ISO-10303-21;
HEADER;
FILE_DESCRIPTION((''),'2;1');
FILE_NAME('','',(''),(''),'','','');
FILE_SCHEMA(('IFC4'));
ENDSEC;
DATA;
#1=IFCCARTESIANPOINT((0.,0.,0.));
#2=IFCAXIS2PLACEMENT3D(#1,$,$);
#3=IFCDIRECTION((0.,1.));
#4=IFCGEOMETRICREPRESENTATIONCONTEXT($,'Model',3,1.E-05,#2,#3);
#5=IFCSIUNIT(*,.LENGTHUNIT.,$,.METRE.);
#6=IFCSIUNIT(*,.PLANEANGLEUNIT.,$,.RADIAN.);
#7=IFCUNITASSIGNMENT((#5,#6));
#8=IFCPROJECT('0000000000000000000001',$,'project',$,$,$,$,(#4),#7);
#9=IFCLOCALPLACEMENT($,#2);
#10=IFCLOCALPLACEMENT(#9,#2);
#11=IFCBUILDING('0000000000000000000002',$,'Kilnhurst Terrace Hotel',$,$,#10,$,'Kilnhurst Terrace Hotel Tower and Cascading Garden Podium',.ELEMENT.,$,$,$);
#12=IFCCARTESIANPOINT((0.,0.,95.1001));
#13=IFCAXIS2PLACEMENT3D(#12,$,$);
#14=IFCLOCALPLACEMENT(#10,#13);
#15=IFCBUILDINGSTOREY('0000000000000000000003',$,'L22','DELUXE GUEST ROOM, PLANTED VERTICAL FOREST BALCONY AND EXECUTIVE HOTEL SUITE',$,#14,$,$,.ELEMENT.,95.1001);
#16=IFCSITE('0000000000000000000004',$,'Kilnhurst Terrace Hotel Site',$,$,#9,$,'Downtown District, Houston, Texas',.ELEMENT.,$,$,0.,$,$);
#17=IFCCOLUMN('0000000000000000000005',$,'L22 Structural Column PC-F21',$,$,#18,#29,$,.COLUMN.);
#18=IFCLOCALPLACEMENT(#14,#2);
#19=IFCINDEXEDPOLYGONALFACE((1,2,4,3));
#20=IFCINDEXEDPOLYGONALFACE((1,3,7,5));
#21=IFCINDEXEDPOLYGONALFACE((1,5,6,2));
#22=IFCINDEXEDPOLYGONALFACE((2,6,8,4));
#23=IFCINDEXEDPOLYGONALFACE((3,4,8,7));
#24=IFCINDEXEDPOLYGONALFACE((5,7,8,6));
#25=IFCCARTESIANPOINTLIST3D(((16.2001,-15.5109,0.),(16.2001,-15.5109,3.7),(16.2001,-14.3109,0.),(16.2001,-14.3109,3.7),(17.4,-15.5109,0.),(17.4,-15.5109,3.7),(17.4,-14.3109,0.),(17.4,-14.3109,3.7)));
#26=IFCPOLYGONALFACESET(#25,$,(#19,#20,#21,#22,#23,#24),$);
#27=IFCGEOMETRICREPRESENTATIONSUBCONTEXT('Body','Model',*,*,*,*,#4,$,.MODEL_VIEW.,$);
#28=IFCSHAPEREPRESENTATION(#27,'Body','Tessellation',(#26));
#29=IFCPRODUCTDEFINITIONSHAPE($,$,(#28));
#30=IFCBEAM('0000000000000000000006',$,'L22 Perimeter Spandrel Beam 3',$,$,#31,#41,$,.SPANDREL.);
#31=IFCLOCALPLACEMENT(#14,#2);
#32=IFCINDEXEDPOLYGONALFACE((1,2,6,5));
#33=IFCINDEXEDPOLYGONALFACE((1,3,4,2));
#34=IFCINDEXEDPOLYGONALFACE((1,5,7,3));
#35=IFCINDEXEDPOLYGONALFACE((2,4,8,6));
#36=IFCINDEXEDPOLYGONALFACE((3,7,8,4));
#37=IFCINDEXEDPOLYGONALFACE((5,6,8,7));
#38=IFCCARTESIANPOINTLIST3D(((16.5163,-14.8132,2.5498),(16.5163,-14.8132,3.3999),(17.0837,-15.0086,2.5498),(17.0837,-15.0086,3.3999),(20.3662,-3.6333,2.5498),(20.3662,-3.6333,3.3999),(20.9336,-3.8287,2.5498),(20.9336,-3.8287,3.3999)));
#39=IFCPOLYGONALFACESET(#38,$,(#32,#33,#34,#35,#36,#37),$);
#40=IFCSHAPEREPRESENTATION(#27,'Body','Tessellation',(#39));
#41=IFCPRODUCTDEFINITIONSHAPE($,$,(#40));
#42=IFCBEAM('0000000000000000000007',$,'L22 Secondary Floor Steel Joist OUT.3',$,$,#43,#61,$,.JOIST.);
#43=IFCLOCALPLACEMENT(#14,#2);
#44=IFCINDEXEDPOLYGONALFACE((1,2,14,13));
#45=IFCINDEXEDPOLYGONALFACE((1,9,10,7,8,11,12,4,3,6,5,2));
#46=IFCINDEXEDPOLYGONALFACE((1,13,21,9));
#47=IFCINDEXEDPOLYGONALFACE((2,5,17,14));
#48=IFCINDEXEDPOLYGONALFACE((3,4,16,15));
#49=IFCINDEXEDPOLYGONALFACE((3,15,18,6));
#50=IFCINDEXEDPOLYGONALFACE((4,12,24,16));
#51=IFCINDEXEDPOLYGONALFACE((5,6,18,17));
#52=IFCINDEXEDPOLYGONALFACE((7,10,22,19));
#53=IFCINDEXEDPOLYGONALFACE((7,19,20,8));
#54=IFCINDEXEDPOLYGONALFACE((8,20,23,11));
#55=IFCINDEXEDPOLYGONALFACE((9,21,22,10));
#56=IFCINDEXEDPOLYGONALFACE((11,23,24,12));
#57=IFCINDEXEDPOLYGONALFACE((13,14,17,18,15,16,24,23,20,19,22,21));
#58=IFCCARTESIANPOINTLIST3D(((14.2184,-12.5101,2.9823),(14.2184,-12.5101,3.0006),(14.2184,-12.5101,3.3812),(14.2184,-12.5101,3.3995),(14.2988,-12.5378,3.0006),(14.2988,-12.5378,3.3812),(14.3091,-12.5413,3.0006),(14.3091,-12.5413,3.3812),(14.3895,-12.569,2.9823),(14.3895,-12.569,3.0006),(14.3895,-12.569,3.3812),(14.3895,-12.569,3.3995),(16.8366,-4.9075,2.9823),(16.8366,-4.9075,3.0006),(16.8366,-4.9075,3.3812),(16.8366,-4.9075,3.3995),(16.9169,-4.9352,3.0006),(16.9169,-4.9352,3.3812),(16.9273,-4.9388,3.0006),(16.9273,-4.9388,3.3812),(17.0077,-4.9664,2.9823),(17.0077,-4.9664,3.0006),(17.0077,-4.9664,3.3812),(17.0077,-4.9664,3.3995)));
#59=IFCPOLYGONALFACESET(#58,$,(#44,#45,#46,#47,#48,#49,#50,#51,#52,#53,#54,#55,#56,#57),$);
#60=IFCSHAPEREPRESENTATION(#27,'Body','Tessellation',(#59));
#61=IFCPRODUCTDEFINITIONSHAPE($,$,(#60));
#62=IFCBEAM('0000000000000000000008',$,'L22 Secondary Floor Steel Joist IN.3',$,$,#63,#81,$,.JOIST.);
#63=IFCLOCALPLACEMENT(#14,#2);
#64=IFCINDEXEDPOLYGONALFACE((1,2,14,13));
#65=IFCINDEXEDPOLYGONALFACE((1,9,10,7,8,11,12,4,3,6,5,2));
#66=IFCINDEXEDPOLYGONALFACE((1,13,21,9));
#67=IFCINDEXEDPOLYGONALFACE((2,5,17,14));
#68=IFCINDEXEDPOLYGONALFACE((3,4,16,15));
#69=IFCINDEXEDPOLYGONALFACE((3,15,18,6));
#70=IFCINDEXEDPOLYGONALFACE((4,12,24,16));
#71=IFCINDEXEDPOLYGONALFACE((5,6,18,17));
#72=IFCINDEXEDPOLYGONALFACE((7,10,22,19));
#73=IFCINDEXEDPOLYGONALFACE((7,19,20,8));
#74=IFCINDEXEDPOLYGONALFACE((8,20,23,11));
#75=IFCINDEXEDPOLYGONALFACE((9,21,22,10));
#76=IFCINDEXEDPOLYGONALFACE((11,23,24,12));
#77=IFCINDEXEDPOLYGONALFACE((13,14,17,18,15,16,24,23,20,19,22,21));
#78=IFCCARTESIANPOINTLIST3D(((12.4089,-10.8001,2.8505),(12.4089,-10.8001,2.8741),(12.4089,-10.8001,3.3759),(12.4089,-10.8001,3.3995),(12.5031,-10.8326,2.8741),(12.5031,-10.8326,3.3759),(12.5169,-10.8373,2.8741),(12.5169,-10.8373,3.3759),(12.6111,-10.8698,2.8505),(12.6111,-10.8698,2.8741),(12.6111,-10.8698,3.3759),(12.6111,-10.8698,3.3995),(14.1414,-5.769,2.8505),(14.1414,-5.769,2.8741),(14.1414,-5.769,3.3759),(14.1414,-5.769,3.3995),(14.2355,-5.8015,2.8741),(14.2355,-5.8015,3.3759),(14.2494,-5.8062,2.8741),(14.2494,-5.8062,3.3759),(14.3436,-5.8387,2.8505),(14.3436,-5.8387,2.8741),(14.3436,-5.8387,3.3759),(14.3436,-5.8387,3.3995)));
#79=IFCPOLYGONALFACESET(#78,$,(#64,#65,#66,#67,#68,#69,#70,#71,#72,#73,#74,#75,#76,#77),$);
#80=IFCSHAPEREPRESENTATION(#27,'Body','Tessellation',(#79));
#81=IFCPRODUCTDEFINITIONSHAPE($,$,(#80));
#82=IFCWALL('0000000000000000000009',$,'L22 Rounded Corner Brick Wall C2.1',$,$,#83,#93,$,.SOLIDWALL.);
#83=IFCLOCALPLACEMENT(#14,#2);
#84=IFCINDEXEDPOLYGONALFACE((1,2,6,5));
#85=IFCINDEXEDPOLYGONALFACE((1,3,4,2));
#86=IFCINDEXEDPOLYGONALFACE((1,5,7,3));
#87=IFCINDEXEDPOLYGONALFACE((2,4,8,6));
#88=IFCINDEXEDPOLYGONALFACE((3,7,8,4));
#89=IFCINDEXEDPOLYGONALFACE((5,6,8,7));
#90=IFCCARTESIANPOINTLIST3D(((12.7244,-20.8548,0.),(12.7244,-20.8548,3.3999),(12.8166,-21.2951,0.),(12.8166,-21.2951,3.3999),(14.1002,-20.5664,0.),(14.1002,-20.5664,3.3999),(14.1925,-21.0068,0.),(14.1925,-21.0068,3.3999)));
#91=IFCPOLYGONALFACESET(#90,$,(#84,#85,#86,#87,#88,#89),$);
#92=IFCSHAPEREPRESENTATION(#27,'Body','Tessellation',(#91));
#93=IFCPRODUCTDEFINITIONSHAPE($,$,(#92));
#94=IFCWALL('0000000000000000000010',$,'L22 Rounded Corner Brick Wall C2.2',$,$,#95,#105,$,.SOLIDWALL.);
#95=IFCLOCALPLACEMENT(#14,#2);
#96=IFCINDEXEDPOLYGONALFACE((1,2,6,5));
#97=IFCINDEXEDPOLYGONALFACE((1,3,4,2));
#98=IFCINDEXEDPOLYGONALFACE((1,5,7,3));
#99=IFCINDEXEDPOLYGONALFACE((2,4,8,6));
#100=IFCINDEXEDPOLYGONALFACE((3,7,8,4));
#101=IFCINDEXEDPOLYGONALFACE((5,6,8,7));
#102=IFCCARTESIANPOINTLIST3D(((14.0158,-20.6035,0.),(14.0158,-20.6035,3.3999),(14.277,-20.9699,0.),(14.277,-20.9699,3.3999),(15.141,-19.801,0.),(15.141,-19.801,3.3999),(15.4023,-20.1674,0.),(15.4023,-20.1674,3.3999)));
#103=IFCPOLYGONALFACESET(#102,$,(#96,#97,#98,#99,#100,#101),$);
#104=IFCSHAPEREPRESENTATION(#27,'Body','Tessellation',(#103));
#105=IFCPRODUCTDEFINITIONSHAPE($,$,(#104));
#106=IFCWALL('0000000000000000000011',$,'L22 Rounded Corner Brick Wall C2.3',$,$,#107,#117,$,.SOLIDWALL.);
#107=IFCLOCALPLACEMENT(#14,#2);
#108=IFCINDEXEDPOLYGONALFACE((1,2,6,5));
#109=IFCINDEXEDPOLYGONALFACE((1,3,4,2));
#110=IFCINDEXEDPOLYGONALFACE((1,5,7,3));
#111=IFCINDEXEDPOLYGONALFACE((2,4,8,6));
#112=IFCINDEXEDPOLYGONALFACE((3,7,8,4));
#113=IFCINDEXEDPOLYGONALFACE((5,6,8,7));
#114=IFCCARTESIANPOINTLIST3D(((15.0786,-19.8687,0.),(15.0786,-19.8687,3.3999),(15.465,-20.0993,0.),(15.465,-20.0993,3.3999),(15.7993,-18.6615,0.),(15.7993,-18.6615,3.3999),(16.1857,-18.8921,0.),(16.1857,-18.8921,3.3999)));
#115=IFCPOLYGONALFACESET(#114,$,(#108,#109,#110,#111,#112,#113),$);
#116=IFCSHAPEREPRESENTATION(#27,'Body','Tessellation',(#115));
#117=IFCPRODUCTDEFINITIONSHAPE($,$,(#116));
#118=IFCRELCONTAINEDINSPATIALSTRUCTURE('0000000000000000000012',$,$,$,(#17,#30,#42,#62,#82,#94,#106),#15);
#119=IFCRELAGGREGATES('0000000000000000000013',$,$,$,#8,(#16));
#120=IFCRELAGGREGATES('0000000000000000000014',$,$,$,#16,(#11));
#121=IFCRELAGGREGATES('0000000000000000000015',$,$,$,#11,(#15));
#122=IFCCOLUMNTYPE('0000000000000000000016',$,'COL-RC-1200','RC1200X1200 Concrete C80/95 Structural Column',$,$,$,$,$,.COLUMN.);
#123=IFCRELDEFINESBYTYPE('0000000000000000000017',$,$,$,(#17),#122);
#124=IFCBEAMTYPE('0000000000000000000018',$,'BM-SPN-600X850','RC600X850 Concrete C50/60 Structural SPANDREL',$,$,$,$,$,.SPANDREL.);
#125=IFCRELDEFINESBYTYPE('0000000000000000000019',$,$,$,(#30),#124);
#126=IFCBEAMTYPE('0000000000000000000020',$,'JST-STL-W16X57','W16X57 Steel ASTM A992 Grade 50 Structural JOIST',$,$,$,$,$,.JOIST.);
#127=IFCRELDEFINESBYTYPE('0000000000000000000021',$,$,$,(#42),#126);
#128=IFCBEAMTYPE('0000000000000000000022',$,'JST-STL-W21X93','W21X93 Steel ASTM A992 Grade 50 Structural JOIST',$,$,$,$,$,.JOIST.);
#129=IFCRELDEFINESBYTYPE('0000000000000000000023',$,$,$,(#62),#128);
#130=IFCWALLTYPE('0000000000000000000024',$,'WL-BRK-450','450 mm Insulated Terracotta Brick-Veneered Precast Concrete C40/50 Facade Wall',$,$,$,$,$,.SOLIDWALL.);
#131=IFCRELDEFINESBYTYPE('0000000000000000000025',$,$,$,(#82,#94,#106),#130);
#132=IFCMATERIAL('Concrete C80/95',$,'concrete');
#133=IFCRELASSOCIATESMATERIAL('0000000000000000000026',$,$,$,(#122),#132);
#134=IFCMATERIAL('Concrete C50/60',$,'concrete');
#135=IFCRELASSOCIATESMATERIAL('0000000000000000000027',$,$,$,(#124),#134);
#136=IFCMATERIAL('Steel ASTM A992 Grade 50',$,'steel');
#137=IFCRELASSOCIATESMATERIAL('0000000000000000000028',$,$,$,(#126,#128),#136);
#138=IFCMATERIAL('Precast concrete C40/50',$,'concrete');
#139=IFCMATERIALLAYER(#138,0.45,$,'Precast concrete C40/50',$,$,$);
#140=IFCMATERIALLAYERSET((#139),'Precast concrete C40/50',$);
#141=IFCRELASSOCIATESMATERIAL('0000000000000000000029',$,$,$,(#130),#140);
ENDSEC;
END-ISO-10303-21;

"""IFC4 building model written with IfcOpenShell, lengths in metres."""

from ifc_helpers import new_model, si_unit, direction, frame, frame_2d, origin, origin_2d, place, context, subcontext, project, spatial, rectangle, i_section, extrude, material, layer, layer_set, material_profile, profile_set, type_object, element, save


model = new_model("IFC4")

# Units and contexts
model_context = context("Model", 3, precision=1e-05, world=origin(), true_north=direction((0.0, 1.0)))
body_context = subcontext(model_context, "Body", "Model", "MODEL_VIEW")
ifc_project = project(units=[si_unit("LENGTHUNIT", "METRE"), si_unit("PLANEANGLEUNIT", "RADIAN")], contexts=[model_context])

# Site, building, storey
site_placement = place(None, origin())
site = spatial("IfcSite", under=ifc_project, at=site_placement, Name="Kilnhurst Terrace Hotel Site", LongName="Downtown District, Houston, Texas", CompositionType="ELEMENT", RefElevation=0.0)
building_placement = place(site_placement, origin())
building = spatial("IfcBuilding", under=site, at=building_placement, Name="Kilnhurst Terrace Hotel", LongName="Kilnhurst Terrace Hotel Tower and Cascading Garden Podium", CompositionType="ELEMENT")
storey_placement = place(building_placement, frame((0.0, 0.0, 95.1001)))
storey = spatial("IfcBuildingStorey", under=building, at=storey_placement, Name="L22", Description="DELUXE GUEST ROOM, PLANTED VERTICAL FOREST BALCONY AND EXECUTIVE HOTEL SUITE", CompositionType="ELEMENT", Elevation=95.1001)

# Column
ifc_material_1 = material(Name="Concrete C80/95", Category="concrete")
ifc_material_profile_1 = material_profile(ifc_material_1, rectangle(XDim=1.2, YDim=1.2, at=origin_2d()), Name="RC1200X1200")
ifc_profile_set_1 = profile_set([ifc_material_profile_1], Name="Concrete C80/95")
column_type = type_object("IfcColumnType", Name="COL-RC-1200", Description="RC1200X1200 Concrete C80/95 Structural Column", PredefinedType="COLUMN", material=ifc_profile_set_1)
column_placement = place(storey_placement, frame((16.8, -14.9109, 0.0), z_axis=(0.0, 0.0, 1.0), x_axis=(1.0, 0.0, 0.0)))
element("IfcColumn", 1, at=column_placement, inside=storey, type_object=column_type, Name="L22 Structural Column PC-F21", PredefinedType="COLUMN", context=body_context, shape_type="SweptSolid", body=[
    extrude(rectangle(XDim=1.2, YDim=1.2, at=origin_2d()), origin(), (0.0, 0.0, 1.0), 3.7),
])

# Beams
ifc_material_2 = material(Name="Concrete C50/60", Category="concrete")
ifc_material_profile_2 = material_profile(ifc_material_2, rectangle(XDim=0.6001, YDim=0.8501, at=origin_2d()), Name="RC600X850")
ifc_profile_set_2 = profile_set([ifc_material_profile_2], Name="Concrete C50/60")
beam_type_1 = type_object("IfcBeamType", Name="BM-SPN-600X850", Description="RC600X850 Concrete C50/60 Structural SPANDREL", PredefinedType="SPANDREL", material=ifc_profile_set_2)
beam_1_placement = place(storey_placement, frame((16.8, -14.9109, 2.9749), z_axis=(0.32559, 0.945511, 0.0), x_axis=(-0.945511, 0.32559, 0.0)))
element("IfcBeam", 2, at=beam_1_placement, inside=storey, type_object=beam_type_1, Name="L22 Perimeter Spandrel Beam 3", PredefinedType="SPANDREL", context=body_context, shape_type="SweptSolid", body=[
    extrude(rectangle(XDim=0.6001, YDim=0.8501, at=origin_2d()), origin(), (0.0, 0.0, 1.0), 11.8242),
])
ifc_material_3 = material(Name="Steel ASTM A992 Grade 50", Category="steel")
ifc_material_profile_3 = material_profile(ifc_material_3, i_section(OverallWidth=0.1809, OverallDepth=0.4172, WebThickness=0.011, FlangeThickness=0.0183, at=origin_2d()), Name="W16X57")
ifc_profile_set_3 = profile_set([ifc_material_profile_3], Name="Steel ASTM A992 Grade 50")
beam_type_2 = type_object("IfcBeamType", Name="JST-STL-W16X57", Description="W16X57 Steel ASTM A992 Grade 50 Structural JOIST", PredefinedType="JOIST", material=ifc_profile_set_3)
beam_2_placement = place(storey_placement, frame((14.304, -12.5396, 3.1909), z_axis=(0.325613, 0.945503, 0.0), x_axis=(-0.945503, 0.325613, 0.0)))
element("IfcBeam", 3, at=beam_2_placement, inside=storey, type_object=beam_type_2, Name="L22 Secondary Floor Steel Joist OUT.3", PredefinedType="JOIST", context=body_context, shape_type="SweptSolid", body=[
    extrude(i_section(OverallWidth=0.1809, OverallDepth=0.4172, WebThickness=0.011, FlangeThickness=0.0183, at=origin_2d()), origin(), (0.0, 0.0, 1.0), 8.0408),
])
ifc_material_profile_4 = material_profile(ifc_material_3, i_section(OverallWidth=0.2139, OverallDepth=0.5491, WebThickness=0.0146, FlangeThickness=0.0237, at=origin_2d()), Name="W21X93")
ifc_profile_set_4 = profile_set([ifc_material_profile_4], Name="Steel ASTM A992 Grade 50")
beam_type_3 = type_object("IfcBeamType", Name="JST-STL-W21X93", Description="W21X93 Steel ASTM A992 Grade 50 Structural JOIST", PredefinedType="JOIST", material=ifc_profile_set_4)
beam_3_placement = place(storey_placement, frame((12.51, -10.835, 3.125), z_axis=(0.325586, 0.945512, 0.0), x_axis=(-0.945512, 0.325586, 0.0)))
element("IfcBeam", 4, at=beam_3_placement, inside=storey, type_object=beam_type_3, Name="L22 Secondary Floor Steel Joist IN.3", PredefinedType="JOIST", context=body_context, shape_type="SweptSolid", body=[
    extrude(i_section(OverallWidth=0.2139, OverallDepth=0.5491, WebThickness=0.0146, FlangeThickness=0.0237, at=origin_2d()), origin(), (0.0, 0.0, 1.0), 5.321),
])

# Walls
ifc_material_4 = material(Name="Precast concrete C40/50", Category="concrete")
ifc_layer_1 = layer(ifc_material_4, 0.45, Name="Precast concrete C40/50")
ifc_layer_set_1 = layer_set([ifc_layer_1], Name="Precast concrete C40/50")
wall_type_1 = type_object("IfcWallType", Name="WL-BRK-450", Description="450 mm Insulated Terracotta Brick-Veneered Precast Concrete C40/50 Facade Wall", PredefinedType="SOLIDWALL", material=ifc_layer_set_1)
wall_1_placement = place(storey_placement, frame((12.7705, -21.075, 0.0), z_axis=(0.0, 0.0, 1.0), x_axis=(0.978743, 0.205091, 0.0)))
element("IfcWall", 5, at=wall_1_placement, inside=storey, type_object=wall_type_1, Name="L22 Rounded Corner Brick Wall C2.1", PredefinedType="SOLIDWALL", context=body_context, shape_type="SweptSolid", body=[
    extrude(rectangle(XDim=1.4058, YDim=0.45, at=frame_2d((0.7029, 0.0))), origin(), (0.0, 0.0, 1.0), 3.3999),
])
wall_2_placement = place(storey_placement, frame((14.1465, -20.7866, 0.0), z_axis=(0.0, 0.0, 1.0), x_axis=(0.814163, 0.580636, 0.0)))
element("IfcWall", 6, at=wall_2_placement, inside=storey, type_object=wall_type_1, Name="L22 Rounded Corner Brick Wall C2.2", PredefinedType="SOLIDWALL", context=body_context, shape_type="SweptSolid", body=[
    extrude(rectangle(XDim=1.3821, YDim=0.45, at=frame_2d((0.6909, 0.0))), origin(), (0.0, 0.0, 1.0), 3.3999),
])
wall_3_placement = place(storey_placement, frame((15.2717, -19.9841, 0.0), z_axis=(0.0, 0.0, 1.0), x_axis=(0.512579, 0.85864, 0.0)))
element("IfcWall", 7, at=wall_3_placement, inside=storey, type_object=wall_type_1, Name="L22 Rounded Corner Brick Wall C2.3", PredefinedType="SOLIDWALL", context=body_context, shape_type="SweptSolid", body=[
    extrude(rectangle(XDim=1.406, YDim=0.45, at=frame_2d((0.7031, 0.0))), origin(), (0.0, 0.0, 1.0), 3.3999),
])

save(model, "model.ifc")
